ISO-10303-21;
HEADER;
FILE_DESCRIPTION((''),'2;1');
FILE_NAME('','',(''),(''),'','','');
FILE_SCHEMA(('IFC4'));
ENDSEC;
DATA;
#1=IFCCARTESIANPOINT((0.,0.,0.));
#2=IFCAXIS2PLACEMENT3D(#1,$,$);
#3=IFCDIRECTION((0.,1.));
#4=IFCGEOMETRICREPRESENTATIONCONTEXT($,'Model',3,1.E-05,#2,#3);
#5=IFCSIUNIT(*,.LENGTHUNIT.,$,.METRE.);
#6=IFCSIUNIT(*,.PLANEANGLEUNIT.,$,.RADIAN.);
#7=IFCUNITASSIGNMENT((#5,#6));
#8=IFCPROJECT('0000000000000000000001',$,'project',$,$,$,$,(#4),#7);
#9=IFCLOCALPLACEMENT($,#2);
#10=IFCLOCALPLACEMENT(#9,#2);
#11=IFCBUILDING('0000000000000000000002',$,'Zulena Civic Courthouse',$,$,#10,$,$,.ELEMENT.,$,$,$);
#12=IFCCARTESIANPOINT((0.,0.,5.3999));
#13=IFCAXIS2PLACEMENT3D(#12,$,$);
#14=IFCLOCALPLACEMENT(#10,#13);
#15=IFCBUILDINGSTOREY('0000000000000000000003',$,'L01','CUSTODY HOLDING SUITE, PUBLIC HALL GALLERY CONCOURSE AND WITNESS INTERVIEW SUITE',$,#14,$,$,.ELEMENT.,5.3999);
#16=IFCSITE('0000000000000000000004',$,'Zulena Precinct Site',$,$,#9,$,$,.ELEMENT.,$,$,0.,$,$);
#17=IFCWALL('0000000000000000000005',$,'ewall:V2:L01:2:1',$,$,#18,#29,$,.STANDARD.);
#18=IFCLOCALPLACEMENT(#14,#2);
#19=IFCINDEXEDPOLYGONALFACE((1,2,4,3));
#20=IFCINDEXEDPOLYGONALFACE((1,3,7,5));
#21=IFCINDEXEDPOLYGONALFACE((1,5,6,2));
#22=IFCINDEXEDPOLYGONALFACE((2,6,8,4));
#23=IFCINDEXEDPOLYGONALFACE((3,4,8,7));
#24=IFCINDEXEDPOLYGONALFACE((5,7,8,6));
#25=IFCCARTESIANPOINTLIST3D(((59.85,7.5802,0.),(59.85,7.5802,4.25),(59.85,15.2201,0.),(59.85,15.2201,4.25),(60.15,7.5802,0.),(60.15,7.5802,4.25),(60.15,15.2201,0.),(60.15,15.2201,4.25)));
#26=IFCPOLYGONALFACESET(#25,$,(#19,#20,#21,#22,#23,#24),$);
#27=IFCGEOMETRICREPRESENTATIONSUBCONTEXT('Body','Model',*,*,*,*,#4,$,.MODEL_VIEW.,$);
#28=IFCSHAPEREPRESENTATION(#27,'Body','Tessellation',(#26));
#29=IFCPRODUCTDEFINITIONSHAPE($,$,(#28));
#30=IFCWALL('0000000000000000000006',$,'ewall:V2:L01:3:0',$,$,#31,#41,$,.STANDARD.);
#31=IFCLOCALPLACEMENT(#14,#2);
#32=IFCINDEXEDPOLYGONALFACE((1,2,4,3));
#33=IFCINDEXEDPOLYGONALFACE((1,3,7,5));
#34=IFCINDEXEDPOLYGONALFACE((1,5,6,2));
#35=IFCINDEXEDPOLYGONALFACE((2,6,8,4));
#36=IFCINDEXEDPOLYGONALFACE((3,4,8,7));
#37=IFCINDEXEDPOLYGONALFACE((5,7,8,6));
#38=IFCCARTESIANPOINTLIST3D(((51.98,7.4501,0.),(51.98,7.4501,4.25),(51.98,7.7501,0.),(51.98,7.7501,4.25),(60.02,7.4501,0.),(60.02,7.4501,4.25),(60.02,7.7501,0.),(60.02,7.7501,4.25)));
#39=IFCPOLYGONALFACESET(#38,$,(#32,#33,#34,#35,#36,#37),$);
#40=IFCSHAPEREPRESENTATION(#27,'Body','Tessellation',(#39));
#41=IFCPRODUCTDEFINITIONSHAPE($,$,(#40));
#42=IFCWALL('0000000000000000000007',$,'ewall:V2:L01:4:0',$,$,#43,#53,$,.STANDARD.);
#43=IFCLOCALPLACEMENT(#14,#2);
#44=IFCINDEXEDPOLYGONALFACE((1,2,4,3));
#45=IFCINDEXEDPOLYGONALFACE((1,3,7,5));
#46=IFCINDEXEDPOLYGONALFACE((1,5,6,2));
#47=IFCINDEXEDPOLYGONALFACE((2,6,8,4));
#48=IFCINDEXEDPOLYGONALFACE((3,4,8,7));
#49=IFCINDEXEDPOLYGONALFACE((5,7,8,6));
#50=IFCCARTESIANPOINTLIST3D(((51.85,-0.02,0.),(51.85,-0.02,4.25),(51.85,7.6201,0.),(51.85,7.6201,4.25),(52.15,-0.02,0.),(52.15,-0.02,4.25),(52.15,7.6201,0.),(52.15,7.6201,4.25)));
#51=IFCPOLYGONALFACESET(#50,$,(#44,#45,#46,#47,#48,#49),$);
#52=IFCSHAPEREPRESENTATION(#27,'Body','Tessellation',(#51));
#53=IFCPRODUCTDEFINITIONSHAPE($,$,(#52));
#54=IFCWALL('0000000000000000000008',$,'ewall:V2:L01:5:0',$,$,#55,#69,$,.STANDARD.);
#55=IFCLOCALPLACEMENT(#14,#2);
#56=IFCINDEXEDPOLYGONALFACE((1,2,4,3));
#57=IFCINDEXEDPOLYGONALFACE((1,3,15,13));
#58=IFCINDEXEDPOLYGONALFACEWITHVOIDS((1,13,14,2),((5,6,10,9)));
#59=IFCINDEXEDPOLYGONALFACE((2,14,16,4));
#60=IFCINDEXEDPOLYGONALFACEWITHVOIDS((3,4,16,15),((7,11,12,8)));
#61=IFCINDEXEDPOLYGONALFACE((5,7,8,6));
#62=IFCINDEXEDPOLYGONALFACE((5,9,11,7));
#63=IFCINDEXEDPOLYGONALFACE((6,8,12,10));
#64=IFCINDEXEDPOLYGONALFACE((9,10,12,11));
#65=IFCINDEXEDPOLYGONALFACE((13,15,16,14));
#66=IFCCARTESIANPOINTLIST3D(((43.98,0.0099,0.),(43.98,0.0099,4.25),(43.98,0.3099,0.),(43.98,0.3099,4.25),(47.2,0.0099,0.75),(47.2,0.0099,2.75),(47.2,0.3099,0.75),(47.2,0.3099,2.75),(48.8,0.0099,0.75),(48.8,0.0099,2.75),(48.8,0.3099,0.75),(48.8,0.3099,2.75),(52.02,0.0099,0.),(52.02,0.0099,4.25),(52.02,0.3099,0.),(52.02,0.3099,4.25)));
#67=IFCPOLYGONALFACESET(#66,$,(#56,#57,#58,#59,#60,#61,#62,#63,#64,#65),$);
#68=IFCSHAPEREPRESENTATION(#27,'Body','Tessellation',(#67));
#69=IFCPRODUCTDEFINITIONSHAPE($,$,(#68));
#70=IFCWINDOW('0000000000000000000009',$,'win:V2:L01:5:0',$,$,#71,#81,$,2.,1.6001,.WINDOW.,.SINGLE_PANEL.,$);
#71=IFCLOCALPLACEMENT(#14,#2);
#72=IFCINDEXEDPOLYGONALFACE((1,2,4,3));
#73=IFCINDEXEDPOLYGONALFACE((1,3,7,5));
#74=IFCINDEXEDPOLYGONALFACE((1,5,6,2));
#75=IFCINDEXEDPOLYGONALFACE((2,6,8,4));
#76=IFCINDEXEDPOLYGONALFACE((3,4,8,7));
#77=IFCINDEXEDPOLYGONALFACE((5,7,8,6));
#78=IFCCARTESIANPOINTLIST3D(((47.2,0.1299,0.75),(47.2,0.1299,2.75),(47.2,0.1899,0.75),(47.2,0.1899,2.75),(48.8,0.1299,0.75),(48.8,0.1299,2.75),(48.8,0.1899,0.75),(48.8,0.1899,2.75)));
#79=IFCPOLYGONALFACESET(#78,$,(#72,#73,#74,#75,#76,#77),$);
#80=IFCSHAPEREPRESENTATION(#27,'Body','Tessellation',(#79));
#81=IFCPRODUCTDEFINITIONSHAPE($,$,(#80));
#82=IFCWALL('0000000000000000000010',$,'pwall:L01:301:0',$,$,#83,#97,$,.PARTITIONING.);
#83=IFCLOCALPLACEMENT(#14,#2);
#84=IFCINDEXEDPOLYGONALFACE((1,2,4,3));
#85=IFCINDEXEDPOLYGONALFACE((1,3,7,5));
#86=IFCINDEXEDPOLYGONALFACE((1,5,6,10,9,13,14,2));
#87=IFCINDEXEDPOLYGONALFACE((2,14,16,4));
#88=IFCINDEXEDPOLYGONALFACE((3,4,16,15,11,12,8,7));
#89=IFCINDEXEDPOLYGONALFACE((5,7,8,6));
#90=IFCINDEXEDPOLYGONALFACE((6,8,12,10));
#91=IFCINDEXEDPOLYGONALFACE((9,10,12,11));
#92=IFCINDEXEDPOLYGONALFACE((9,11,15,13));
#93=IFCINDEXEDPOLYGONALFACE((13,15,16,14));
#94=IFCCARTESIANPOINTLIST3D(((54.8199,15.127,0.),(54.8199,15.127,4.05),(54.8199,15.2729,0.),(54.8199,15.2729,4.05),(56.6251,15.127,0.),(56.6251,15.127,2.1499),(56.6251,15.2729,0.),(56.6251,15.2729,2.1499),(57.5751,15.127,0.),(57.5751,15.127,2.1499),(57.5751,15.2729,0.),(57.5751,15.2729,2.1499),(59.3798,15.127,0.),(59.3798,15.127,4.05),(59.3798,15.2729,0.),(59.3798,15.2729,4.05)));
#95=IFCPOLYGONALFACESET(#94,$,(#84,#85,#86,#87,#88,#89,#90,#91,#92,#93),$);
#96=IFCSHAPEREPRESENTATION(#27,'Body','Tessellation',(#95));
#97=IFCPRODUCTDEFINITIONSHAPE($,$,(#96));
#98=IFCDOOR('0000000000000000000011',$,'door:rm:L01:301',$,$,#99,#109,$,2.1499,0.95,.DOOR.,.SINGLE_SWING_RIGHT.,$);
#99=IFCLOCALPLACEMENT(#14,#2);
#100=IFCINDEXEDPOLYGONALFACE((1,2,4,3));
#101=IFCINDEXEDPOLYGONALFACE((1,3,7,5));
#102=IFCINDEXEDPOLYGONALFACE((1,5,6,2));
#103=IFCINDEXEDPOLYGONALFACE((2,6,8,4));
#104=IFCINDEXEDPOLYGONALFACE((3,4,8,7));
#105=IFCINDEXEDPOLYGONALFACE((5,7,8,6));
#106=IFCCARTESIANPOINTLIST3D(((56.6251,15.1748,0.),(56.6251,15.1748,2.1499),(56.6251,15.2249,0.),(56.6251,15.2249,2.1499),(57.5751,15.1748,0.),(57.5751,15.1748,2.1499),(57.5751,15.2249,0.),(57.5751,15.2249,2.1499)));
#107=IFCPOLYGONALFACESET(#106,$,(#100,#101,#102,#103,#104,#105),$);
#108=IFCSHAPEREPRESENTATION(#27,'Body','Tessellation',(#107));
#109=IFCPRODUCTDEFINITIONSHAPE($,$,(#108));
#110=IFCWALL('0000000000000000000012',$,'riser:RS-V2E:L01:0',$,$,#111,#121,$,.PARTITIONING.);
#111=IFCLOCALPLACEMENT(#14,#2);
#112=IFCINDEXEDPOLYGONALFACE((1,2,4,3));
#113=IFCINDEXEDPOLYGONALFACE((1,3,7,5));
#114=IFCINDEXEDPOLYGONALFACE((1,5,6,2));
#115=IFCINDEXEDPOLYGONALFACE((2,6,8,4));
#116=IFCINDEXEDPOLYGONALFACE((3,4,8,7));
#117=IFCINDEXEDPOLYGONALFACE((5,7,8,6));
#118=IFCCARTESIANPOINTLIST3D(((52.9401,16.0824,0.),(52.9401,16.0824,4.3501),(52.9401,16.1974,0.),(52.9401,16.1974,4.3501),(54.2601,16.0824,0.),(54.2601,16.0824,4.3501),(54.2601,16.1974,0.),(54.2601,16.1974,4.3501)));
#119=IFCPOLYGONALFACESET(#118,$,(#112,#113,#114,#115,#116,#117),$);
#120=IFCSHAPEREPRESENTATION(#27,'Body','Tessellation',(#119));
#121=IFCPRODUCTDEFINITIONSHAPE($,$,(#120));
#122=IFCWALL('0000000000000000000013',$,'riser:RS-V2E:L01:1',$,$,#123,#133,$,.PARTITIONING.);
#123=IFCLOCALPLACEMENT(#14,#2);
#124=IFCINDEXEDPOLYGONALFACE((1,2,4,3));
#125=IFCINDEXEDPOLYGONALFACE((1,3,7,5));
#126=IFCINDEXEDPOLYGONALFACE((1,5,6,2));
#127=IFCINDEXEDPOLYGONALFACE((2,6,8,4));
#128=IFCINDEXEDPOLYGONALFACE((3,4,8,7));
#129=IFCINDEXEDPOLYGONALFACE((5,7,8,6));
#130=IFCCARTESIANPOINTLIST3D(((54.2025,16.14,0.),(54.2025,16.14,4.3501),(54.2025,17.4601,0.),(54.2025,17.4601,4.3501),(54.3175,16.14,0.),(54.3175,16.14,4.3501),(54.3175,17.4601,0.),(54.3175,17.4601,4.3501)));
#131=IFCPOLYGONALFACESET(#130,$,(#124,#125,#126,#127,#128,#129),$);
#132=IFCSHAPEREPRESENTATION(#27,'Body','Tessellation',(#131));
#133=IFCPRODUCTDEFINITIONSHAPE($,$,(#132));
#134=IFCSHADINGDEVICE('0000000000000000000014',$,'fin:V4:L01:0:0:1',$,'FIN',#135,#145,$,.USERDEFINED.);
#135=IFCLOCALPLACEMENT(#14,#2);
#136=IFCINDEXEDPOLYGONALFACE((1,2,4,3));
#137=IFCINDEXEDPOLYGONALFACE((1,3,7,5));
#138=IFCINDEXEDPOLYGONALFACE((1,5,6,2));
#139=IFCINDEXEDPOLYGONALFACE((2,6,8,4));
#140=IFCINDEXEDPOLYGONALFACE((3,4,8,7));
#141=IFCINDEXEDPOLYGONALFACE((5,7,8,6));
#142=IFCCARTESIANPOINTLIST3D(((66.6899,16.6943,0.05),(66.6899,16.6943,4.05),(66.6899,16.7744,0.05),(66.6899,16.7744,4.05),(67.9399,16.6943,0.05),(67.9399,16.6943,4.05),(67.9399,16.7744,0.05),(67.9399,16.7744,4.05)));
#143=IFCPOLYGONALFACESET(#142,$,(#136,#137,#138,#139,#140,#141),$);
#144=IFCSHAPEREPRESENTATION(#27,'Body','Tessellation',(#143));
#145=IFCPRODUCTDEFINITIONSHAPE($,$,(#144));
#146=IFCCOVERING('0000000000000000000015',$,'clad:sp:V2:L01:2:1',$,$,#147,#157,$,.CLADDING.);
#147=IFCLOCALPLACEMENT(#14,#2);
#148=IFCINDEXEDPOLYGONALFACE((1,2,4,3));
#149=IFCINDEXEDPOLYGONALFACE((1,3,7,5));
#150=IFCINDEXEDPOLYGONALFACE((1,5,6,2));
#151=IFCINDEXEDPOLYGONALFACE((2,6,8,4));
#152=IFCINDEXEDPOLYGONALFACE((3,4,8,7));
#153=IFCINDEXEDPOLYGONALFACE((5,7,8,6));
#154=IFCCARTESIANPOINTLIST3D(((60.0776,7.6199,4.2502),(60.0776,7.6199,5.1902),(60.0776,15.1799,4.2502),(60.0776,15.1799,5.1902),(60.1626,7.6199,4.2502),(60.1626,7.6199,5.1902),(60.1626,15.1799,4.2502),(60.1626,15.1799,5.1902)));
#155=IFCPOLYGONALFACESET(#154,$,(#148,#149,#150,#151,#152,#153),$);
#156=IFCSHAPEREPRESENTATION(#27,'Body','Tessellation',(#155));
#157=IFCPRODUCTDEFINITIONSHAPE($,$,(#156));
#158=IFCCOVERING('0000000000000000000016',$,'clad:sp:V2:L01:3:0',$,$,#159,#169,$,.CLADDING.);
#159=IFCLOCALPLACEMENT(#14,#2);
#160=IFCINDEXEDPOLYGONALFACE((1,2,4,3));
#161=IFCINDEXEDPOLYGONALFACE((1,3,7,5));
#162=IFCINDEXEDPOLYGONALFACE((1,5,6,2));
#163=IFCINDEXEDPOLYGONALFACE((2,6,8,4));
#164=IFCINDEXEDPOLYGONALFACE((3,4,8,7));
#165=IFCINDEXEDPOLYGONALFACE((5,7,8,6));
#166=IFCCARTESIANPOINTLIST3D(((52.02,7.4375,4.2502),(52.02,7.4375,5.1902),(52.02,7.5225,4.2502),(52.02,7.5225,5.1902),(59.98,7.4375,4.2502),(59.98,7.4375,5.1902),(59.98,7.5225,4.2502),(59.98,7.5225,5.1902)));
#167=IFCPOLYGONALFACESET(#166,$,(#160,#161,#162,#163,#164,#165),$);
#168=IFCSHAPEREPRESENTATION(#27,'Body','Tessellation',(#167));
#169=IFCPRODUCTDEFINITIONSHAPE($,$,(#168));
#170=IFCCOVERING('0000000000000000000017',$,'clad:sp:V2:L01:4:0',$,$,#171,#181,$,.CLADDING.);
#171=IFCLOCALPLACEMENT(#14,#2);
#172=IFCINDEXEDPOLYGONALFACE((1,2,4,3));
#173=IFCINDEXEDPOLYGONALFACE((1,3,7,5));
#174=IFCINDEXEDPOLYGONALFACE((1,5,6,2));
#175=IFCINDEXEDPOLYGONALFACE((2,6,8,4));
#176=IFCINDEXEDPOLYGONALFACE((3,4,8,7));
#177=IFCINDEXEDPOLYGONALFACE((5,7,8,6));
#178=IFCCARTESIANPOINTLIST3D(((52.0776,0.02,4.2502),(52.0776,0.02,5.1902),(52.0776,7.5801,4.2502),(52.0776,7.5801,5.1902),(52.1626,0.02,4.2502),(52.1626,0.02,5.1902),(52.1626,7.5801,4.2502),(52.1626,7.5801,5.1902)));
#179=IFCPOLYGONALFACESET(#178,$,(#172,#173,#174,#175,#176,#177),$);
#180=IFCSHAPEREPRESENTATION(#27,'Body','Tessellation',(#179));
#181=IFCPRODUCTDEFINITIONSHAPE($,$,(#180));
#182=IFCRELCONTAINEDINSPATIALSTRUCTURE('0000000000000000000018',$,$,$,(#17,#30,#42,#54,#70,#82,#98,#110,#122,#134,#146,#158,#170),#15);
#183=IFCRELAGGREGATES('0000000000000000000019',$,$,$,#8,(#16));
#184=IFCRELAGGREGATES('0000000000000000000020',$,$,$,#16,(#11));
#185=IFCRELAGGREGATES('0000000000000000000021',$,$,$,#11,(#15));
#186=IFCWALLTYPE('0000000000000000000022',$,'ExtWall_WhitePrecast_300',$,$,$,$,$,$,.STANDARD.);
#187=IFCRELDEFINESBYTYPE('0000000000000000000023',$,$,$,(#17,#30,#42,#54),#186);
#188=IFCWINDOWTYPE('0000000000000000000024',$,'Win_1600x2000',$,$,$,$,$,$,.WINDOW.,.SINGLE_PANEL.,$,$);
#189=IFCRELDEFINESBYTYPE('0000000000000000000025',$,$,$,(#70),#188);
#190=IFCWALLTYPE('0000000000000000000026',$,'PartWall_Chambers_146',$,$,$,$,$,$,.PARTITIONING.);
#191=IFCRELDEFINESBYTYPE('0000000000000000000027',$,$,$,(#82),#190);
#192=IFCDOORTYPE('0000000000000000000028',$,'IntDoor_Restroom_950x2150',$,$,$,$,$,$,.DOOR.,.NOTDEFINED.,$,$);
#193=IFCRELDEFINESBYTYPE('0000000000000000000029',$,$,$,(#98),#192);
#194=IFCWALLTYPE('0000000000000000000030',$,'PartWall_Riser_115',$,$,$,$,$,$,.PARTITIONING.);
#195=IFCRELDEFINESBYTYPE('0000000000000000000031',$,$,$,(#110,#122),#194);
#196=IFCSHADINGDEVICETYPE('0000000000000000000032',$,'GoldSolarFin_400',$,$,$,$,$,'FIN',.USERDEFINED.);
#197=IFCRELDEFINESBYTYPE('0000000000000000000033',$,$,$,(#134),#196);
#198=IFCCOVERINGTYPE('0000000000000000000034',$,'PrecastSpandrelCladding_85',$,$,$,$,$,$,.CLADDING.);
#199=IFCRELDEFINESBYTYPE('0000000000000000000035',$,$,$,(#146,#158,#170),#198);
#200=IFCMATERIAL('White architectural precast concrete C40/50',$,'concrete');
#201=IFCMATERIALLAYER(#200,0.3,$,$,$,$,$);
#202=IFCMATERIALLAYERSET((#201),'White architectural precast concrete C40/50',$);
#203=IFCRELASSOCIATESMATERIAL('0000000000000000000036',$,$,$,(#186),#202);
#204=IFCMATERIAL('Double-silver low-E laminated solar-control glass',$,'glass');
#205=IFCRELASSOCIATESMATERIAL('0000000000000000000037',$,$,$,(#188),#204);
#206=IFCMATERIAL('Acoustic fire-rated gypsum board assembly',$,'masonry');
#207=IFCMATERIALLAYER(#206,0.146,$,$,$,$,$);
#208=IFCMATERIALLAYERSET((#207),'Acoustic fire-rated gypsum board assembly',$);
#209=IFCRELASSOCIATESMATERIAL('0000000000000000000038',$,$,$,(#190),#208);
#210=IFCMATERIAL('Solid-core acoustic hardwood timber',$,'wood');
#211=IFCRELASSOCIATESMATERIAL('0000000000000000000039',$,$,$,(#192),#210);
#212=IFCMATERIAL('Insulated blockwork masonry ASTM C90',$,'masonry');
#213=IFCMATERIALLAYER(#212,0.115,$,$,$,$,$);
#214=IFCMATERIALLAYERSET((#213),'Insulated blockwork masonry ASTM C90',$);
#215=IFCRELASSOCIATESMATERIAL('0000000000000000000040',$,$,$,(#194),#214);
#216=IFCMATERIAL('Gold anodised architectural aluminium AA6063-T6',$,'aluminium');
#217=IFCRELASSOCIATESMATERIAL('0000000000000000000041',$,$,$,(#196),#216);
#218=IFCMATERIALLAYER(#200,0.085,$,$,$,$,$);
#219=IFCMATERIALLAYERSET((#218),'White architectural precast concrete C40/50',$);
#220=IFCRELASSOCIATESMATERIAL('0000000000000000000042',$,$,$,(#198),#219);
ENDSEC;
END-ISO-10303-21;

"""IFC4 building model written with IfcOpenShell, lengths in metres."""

from ifc_helpers import new_model, si_unit, direction, frame, frame_2d, origin, origin_2d, place, context, subcontext, project, spatial, rectangle, extrude, material, layer, layer_set, type_object, element, fill, save


model = new_model("IFC4")

# Units and contexts
model_context = context("Model", 3, precision=1e-05, world=origin(), true_north=direction((0.0, 1.0)))
body_context = subcontext(model_context, "Body", "Model", "MODEL_VIEW")
ifc_project = project(units=[si_unit("LENGTHUNIT", "METRE"), si_unit("PLANEANGLEUNIT", "RADIAN")], contexts=[model_context])

# Site, building, storey
site_placement = place(None, origin())
site = spatial("IfcSite", under=ifc_project, at=site_placement, Name="Zulena Precinct Site", CompositionType="ELEMENT", RefElevation=0.0)
building_placement = place(site_placement, origin())
building = spatial("IfcBuilding", under=site, at=building_placement, Name="Zulena Civic Courthouse", CompositionType="ELEMENT")
storey_placement = place(building_placement, frame((0.0, 0.0, 5.3999)))
storey = spatial("IfcBuildingStorey", under=building, at=storey_placement, Name="L01", Description="CUSTODY HOLDING SUITE, PUBLIC HALL GALLERY CONCOURSE AND WITNESS INTERVIEW SUITE", CompositionType="ELEMENT", Elevation=5.3999)

# Shared definitions
ifc_material_1 = material(Name="Double-silver low-E laminated solar-control glass", Category="glass")

# Walls
ifc_material_2 = material(Name="White architectural precast concrete C40/50", Category="concrete")
ifc_layer_1 = layer(ifc_material_2, 0.3)
ifc_layer_set_1 = layer_set([ifc_layer_1], Name="White architectural precast concrete C40/50")
wall_type_1 = type_object("IfcWallType", Name="ExtWall_WhitePrecast_300", PredefinedType="STANDARD", material=ifc_layer_set_1)
wall_1_placement = place(storey_placement, frame((60.0, 15.22, 0.0), z_axis=(0.0, 0.0, 1.0), x_axis=(0.0, -1.0, 0.0)))
element("IfcWall", 1, at=wall_1_placement, inside=storey, type_object=wall_type_1, Name="ewall:V2:L01:2:1", PredefinedType="STANDARD", context=body_context, shape_type="SweptSolid", body=[
    extrude(rectangle(XDim=7.6399, YDim=0.3, at=frame_2d((3.8198, 0.0))), origin(), (0.0, 0.0, 1.0), 4.25),
])
wall_2_placement = place(storey_placement, frame((60.02, 7.6001, 0.0), z_axis=(0.0, 0.0, 1.0), x_axis=(-1.0, 0.0, 0.0)))
element("IfcWall", 2, at=wall_2_placement, inside=storey, type_object=wall_type_1, Name="ewall:V2:L01:3:0", PredefinedType="STANDARD", context=body_context, shape_type="SweptSolid", body=[
    extrude(rectangle(XDim=8.04, YDim=0.3, at=frame_2d((4.02, 0.0))), origin(), (0.0, 0.0, 1.0), 4.25),
])
wall_3_placement = place(storey_placement, frame((52.0, 7.6201, 0.0), z_axis=(0.0, 0.0, 1.0), x_axis=(0.0, -1.0, 0.0)))
element("IfcWall", 3, at=wall_3_placement, inside=storey, type_object=wall_type_1, Name="ewall:V2:L01:4:0", PredefinedType="STANDARD", context=body_context, shape_type="SweptSolid", body=[
    extrude(rectangle(XDim=7.6401, YDim=0.3, at=frame_2d((3.8201, 0.0))), origin(), (0.0, 0.0, 1.0), 4.25),
])

# Wall, opening, window
wall_4_placement = place(storey_placement, frame((52.02, 0.1599, 0.0), z_axis=(0.0, 0.0, 1.0), x_axis=(-1.0, 0.0, 0.0)))
wall_4 = element("IfcWall", 4, at=wall_4_placement, inside=storey, type_object=wall_type_1, Name="ewall:V2:L01:5:0", PredefinedType="STANDARD", context=body_context, shape_type="SweptSolid", body=[
    extrude(rectangle(XDim=8.04, YDim=0.3, at=frame_2d((4.02, 0.0))), origin(), (0.0, 0.0, 1.0), 4.25),
])
opening_1_placement = place(wall_4_placement, frame((3.22, 0.0, 0.75)))
opening_1 = element("IfcOpeningElement", 5, at=opening_1_placement, cuts=wall_4, PredefinedType="OPENING", context=body_context, shape_type="SweptSolid", body=[
    extrude(rectangle(XDim=1.6001, YDim=2.0, at=frame_2d((0.8, 1.0))), frame((0.0, 0.1599, 0.0), z_axis=(0.0, -1.0, 0.0), x_axis=(1.0, 0.0, 0.0)), (0.0, 0.0, 1.0), 0.3201),
])
window_type = type_object("IfcWindowType", Name="Win_1600x2000", PartitioningType="SINGLE_PANEL", PredefinedType="WINDOW", material=ifc_material_1)
window_placement = place(opening_1_placement, origin())
window = element("IfcWindow", 6, at=window_placement, inside=storey, type_object=window_type, Name="win:V2:L01:5:0", OverallHeight=2.0, OverallWidth=1.6001, PartitioningType="SINGLE_PANEL", PredefinedType="WINDOW", context=body_context, shape_type="SweptSolid", body=[
    extrude(rectangle(XDim=1.6001, YDim=2.0, at=frame_2d((0.8, 1.0))), frame((0.0, 0.03, 0.0), z_axis=(0.0, -1.0, 0.0), x_axis=(1.0, 0.0, 0.0)), (0.0, 0.0, 1.0), 0.0601),
])
fill(opening_1, window)

# Wall, opening, door
ifc_material_3 = material(Name="Acoustic fire-rated gypsum board assembly", Category="masonry")
ifc_layer_2 = layer(ifc_material_3, 0.146)
ifc_layer_set_2 = layer_set([ifc_layer_2], Name="Acoustic fire-rated gypsum board assembly")
wall_type_2 = type_object("IfcWallType", Name="PartWall_Chambers_146", PredefinedType="PARTITIONING", material=ifc_layer_set_2)
wall_5_placement = place(storey_placement, frame((54.8201, 15.2, 0.0), z_axis=(0.0, 0.0, 1.0), x_axis=(1.0, 0.0, 0.0)))
wall_5 = element("IfcWall", 7, at=wall_5_placement, inside=storey, type_object=wall_type_2, Name="pwall:L01:301:0", PredefinedType="PARTITIONING", context=body_context, shape_type="SweptSolid", body=[
    extrude(rectangle(XDim=4.5598, YDim=0.146, at=frame_2d((2.2798, 0.0))), origin(), (0.0, 0.0, 1.0), 4.05),
])
opening_2_placement = place(wall_5_placement, frame((1.8049, 0.0, 0.0)))
opening_2 = element("IfcOpeningElement", 8, at=opening_2_placement, cuts=wall_5, PredefinedType="OPENING", context=body_context, shape_type="SweptSolid", body=[
    extrude(rectangle(XDim=0.95, YDim=2.1499, at=frame_2d((0.4751, 1.075))), frame((0.0, 0.083, 0.0), z_axis=(0.0, -1.0, 0.0), x_axis=(1.0, 0.0, 0.0)), (0.0, 0.0, 1.0), 0.166),
])
ifc_material_4 = material(Name="Solid-core acoustic hardwood timber", Category="wood")
door_type = type_object("IfcDoorType", Name="IntDoor_Restroom_950x2150", OperationType="NOTDEFINED", PredefinedType="DOOR", material=ifc_material_4)
door_placement = place(opening_2_placement, origin())
door = element("IfcDoor", 9, at=door_placement, inside=storey, type_object=door_type, Name="door:rm:L01:301", OperationType="SINGLE_SWING_RIGHT", OverallHeight=2.1499, OverallWidth=0.95, PredefinedType="DOOR", context=body_context, shape_type="SweptSolid", body=[
    extrude(rectangle(XDim=0.95, YDim=2.1499, at=frame_2d((0.4751, 1.075))), frame((0.0, 0.0249, 0.0), z_axis=(0.0, -1.0, 0.0), x_axis=(1.0, 0.0, 0.0)), (0.0, 0.0, 1.0), 0.05),
])
fill(opening_2, door)

# Walls
ifc_material_5 = material(Name="Insulated blockwork masonry ASTM C90", Category="masonry")
ifc_layer_3 = layer(ifc_material_5, 0.115)
ifc_layer_set_3 = layer_set([ifc_layer_3], Name="Insulated blockwork masonry ASTM C90")
wall_type_3 = type_object("IfcWallType", Name="PartWall_Riser_115", PredefinedType="PARTITIONING", material=ifc_layer_set_3)
for number, where, z_axis, x_axis, name in (
    (10, (52.9399, 16.1399, 0.0), (0.0, 0.0, 1.0), (1.0, 0.0, 0.0), "riser:RS-V2E:L01:0"),
    (11, (54.26, 16.1399, 0.0), (0.0, 0.0, 1.0), (0.0, 1.0, 0.0), "riser:RS-V2E:L01:1"),
):
    element("IfcWall", number, at=place(storey_placement, frame(where, z_axis=z_axis, x_axis=x_axis)), inside=storey, type_object=wall_type_3, Name=name, PredefinedType="PARTITIONING", context=body_context, shape_type="SweptSolid", body=[
        extrude(rectangle(XDim=1.3201, YDim=0.115, at=frame_2d((0.6602, 0.0))), origin(), (0.0, 0.0, 1.0), 4.3501),
    ])

# Shading device
ifc_material_6 = material(Name="Gold anodised architectural aluminium AA6063-T6", Category="aluminium")
shading_device_type = type_object("IfcShadingDeviceType", Name="GoldSolarFin_400", ElementType="FIN", PredefinedType="USERDEFINED", material=ifc_material_6)
shading_device_placement = place(storey_placement, frame((67.3149, 16.7344, 0.05), z_axis=(0.0, 0.0, 1.0), x_axis=(-1.0, 0.0, 0.0)))
element("IfcShadingDevice", 12, at=shading_device_placement, inside=storey, type_object=shading_device_type, Name="fin:V4:L01:0:0:1", ObjectType="FIN", PredefinedType="USERDEFINED", context=body_context, shape_type="SweptSolid", body=[
    extrude(rectangle(XDim=1.25, YDim=0.0801, at=origin_2d()), origin(), (0.0, 0.0, 1.0), 4.0),
])

# Coverings
ifc_layer_4 = layer(ifc_material_2, 0.085)
ifc_layer_set_4 = layer_set([ifc_layer_4], Name="White architectural precast concrete C40/50")
covering_type = type_object("IfcCoveringType", Name="PrecastSpandrelCladding_85", PredefinedType="CLADDING", material=ifc_layer_set_4)
covering_1_placement = place(storey_placement, frame((60.1201, 11.3999, 4.2502), z_axis=(0.0, 0.0, 1.0), x_axis=(0.0, -1.0, 0.0)))
element("IfcCovering", 13, at=covering_1_placement, inside=storey, type_object=covering_type, Name="clad:sp:V2:L01:2:1", PredefinedType="CLADDING", context=body_context, shape_type="SweptSolid", body=[
    extrude(rectangle(XDim=7.5601, YDim=0.085, at=origin_2d()), origin(), (0.0, 0.0, 1.0), 0.9399),
])
covering_2_placement = place(storey_placement, frame((56.0, 7.48, 4.2502), z_axis=(0.0, 0.0, 1.0), x_axis=(-1.0, 0.0, 0.0)))
element("IfcCovering", 14, at=covering_2_placement, inside=storey, type_object=covering_type, Name="clad:sp:V2:L01:3:0", PredefinedType="CLADDING", context=body_context, shape_type="SweptSolid", body=[
    extrude(rectangle(XDim=7.96, YDim=0.085, at=origin_2d()), origin(), (0.0, 0.0, 1.0), 0.9399),
])
covering_3_placement = place(storey_placement, frame((52.1201, 3.8, 4.2502), z_axis=(0.0, 0.0, 1.0), x_axis=(0.0, -1.0, 0.0)))
element("IfcCovering", 15, at=covering_3_placement, inside=storey, type_object=covering_type, Name="clad:sp:V2:L01:4:0", PredefinedType="CLADDING", context=body_context, shape_type="SweptSolid", body=[
    extrude(rectangle(XDim=7.5601, YDim=0.085, at=origin_2d()), origin(), (0.0, 0.0, 1.0), 0.9399),
])

save(model, "model.ifc")
